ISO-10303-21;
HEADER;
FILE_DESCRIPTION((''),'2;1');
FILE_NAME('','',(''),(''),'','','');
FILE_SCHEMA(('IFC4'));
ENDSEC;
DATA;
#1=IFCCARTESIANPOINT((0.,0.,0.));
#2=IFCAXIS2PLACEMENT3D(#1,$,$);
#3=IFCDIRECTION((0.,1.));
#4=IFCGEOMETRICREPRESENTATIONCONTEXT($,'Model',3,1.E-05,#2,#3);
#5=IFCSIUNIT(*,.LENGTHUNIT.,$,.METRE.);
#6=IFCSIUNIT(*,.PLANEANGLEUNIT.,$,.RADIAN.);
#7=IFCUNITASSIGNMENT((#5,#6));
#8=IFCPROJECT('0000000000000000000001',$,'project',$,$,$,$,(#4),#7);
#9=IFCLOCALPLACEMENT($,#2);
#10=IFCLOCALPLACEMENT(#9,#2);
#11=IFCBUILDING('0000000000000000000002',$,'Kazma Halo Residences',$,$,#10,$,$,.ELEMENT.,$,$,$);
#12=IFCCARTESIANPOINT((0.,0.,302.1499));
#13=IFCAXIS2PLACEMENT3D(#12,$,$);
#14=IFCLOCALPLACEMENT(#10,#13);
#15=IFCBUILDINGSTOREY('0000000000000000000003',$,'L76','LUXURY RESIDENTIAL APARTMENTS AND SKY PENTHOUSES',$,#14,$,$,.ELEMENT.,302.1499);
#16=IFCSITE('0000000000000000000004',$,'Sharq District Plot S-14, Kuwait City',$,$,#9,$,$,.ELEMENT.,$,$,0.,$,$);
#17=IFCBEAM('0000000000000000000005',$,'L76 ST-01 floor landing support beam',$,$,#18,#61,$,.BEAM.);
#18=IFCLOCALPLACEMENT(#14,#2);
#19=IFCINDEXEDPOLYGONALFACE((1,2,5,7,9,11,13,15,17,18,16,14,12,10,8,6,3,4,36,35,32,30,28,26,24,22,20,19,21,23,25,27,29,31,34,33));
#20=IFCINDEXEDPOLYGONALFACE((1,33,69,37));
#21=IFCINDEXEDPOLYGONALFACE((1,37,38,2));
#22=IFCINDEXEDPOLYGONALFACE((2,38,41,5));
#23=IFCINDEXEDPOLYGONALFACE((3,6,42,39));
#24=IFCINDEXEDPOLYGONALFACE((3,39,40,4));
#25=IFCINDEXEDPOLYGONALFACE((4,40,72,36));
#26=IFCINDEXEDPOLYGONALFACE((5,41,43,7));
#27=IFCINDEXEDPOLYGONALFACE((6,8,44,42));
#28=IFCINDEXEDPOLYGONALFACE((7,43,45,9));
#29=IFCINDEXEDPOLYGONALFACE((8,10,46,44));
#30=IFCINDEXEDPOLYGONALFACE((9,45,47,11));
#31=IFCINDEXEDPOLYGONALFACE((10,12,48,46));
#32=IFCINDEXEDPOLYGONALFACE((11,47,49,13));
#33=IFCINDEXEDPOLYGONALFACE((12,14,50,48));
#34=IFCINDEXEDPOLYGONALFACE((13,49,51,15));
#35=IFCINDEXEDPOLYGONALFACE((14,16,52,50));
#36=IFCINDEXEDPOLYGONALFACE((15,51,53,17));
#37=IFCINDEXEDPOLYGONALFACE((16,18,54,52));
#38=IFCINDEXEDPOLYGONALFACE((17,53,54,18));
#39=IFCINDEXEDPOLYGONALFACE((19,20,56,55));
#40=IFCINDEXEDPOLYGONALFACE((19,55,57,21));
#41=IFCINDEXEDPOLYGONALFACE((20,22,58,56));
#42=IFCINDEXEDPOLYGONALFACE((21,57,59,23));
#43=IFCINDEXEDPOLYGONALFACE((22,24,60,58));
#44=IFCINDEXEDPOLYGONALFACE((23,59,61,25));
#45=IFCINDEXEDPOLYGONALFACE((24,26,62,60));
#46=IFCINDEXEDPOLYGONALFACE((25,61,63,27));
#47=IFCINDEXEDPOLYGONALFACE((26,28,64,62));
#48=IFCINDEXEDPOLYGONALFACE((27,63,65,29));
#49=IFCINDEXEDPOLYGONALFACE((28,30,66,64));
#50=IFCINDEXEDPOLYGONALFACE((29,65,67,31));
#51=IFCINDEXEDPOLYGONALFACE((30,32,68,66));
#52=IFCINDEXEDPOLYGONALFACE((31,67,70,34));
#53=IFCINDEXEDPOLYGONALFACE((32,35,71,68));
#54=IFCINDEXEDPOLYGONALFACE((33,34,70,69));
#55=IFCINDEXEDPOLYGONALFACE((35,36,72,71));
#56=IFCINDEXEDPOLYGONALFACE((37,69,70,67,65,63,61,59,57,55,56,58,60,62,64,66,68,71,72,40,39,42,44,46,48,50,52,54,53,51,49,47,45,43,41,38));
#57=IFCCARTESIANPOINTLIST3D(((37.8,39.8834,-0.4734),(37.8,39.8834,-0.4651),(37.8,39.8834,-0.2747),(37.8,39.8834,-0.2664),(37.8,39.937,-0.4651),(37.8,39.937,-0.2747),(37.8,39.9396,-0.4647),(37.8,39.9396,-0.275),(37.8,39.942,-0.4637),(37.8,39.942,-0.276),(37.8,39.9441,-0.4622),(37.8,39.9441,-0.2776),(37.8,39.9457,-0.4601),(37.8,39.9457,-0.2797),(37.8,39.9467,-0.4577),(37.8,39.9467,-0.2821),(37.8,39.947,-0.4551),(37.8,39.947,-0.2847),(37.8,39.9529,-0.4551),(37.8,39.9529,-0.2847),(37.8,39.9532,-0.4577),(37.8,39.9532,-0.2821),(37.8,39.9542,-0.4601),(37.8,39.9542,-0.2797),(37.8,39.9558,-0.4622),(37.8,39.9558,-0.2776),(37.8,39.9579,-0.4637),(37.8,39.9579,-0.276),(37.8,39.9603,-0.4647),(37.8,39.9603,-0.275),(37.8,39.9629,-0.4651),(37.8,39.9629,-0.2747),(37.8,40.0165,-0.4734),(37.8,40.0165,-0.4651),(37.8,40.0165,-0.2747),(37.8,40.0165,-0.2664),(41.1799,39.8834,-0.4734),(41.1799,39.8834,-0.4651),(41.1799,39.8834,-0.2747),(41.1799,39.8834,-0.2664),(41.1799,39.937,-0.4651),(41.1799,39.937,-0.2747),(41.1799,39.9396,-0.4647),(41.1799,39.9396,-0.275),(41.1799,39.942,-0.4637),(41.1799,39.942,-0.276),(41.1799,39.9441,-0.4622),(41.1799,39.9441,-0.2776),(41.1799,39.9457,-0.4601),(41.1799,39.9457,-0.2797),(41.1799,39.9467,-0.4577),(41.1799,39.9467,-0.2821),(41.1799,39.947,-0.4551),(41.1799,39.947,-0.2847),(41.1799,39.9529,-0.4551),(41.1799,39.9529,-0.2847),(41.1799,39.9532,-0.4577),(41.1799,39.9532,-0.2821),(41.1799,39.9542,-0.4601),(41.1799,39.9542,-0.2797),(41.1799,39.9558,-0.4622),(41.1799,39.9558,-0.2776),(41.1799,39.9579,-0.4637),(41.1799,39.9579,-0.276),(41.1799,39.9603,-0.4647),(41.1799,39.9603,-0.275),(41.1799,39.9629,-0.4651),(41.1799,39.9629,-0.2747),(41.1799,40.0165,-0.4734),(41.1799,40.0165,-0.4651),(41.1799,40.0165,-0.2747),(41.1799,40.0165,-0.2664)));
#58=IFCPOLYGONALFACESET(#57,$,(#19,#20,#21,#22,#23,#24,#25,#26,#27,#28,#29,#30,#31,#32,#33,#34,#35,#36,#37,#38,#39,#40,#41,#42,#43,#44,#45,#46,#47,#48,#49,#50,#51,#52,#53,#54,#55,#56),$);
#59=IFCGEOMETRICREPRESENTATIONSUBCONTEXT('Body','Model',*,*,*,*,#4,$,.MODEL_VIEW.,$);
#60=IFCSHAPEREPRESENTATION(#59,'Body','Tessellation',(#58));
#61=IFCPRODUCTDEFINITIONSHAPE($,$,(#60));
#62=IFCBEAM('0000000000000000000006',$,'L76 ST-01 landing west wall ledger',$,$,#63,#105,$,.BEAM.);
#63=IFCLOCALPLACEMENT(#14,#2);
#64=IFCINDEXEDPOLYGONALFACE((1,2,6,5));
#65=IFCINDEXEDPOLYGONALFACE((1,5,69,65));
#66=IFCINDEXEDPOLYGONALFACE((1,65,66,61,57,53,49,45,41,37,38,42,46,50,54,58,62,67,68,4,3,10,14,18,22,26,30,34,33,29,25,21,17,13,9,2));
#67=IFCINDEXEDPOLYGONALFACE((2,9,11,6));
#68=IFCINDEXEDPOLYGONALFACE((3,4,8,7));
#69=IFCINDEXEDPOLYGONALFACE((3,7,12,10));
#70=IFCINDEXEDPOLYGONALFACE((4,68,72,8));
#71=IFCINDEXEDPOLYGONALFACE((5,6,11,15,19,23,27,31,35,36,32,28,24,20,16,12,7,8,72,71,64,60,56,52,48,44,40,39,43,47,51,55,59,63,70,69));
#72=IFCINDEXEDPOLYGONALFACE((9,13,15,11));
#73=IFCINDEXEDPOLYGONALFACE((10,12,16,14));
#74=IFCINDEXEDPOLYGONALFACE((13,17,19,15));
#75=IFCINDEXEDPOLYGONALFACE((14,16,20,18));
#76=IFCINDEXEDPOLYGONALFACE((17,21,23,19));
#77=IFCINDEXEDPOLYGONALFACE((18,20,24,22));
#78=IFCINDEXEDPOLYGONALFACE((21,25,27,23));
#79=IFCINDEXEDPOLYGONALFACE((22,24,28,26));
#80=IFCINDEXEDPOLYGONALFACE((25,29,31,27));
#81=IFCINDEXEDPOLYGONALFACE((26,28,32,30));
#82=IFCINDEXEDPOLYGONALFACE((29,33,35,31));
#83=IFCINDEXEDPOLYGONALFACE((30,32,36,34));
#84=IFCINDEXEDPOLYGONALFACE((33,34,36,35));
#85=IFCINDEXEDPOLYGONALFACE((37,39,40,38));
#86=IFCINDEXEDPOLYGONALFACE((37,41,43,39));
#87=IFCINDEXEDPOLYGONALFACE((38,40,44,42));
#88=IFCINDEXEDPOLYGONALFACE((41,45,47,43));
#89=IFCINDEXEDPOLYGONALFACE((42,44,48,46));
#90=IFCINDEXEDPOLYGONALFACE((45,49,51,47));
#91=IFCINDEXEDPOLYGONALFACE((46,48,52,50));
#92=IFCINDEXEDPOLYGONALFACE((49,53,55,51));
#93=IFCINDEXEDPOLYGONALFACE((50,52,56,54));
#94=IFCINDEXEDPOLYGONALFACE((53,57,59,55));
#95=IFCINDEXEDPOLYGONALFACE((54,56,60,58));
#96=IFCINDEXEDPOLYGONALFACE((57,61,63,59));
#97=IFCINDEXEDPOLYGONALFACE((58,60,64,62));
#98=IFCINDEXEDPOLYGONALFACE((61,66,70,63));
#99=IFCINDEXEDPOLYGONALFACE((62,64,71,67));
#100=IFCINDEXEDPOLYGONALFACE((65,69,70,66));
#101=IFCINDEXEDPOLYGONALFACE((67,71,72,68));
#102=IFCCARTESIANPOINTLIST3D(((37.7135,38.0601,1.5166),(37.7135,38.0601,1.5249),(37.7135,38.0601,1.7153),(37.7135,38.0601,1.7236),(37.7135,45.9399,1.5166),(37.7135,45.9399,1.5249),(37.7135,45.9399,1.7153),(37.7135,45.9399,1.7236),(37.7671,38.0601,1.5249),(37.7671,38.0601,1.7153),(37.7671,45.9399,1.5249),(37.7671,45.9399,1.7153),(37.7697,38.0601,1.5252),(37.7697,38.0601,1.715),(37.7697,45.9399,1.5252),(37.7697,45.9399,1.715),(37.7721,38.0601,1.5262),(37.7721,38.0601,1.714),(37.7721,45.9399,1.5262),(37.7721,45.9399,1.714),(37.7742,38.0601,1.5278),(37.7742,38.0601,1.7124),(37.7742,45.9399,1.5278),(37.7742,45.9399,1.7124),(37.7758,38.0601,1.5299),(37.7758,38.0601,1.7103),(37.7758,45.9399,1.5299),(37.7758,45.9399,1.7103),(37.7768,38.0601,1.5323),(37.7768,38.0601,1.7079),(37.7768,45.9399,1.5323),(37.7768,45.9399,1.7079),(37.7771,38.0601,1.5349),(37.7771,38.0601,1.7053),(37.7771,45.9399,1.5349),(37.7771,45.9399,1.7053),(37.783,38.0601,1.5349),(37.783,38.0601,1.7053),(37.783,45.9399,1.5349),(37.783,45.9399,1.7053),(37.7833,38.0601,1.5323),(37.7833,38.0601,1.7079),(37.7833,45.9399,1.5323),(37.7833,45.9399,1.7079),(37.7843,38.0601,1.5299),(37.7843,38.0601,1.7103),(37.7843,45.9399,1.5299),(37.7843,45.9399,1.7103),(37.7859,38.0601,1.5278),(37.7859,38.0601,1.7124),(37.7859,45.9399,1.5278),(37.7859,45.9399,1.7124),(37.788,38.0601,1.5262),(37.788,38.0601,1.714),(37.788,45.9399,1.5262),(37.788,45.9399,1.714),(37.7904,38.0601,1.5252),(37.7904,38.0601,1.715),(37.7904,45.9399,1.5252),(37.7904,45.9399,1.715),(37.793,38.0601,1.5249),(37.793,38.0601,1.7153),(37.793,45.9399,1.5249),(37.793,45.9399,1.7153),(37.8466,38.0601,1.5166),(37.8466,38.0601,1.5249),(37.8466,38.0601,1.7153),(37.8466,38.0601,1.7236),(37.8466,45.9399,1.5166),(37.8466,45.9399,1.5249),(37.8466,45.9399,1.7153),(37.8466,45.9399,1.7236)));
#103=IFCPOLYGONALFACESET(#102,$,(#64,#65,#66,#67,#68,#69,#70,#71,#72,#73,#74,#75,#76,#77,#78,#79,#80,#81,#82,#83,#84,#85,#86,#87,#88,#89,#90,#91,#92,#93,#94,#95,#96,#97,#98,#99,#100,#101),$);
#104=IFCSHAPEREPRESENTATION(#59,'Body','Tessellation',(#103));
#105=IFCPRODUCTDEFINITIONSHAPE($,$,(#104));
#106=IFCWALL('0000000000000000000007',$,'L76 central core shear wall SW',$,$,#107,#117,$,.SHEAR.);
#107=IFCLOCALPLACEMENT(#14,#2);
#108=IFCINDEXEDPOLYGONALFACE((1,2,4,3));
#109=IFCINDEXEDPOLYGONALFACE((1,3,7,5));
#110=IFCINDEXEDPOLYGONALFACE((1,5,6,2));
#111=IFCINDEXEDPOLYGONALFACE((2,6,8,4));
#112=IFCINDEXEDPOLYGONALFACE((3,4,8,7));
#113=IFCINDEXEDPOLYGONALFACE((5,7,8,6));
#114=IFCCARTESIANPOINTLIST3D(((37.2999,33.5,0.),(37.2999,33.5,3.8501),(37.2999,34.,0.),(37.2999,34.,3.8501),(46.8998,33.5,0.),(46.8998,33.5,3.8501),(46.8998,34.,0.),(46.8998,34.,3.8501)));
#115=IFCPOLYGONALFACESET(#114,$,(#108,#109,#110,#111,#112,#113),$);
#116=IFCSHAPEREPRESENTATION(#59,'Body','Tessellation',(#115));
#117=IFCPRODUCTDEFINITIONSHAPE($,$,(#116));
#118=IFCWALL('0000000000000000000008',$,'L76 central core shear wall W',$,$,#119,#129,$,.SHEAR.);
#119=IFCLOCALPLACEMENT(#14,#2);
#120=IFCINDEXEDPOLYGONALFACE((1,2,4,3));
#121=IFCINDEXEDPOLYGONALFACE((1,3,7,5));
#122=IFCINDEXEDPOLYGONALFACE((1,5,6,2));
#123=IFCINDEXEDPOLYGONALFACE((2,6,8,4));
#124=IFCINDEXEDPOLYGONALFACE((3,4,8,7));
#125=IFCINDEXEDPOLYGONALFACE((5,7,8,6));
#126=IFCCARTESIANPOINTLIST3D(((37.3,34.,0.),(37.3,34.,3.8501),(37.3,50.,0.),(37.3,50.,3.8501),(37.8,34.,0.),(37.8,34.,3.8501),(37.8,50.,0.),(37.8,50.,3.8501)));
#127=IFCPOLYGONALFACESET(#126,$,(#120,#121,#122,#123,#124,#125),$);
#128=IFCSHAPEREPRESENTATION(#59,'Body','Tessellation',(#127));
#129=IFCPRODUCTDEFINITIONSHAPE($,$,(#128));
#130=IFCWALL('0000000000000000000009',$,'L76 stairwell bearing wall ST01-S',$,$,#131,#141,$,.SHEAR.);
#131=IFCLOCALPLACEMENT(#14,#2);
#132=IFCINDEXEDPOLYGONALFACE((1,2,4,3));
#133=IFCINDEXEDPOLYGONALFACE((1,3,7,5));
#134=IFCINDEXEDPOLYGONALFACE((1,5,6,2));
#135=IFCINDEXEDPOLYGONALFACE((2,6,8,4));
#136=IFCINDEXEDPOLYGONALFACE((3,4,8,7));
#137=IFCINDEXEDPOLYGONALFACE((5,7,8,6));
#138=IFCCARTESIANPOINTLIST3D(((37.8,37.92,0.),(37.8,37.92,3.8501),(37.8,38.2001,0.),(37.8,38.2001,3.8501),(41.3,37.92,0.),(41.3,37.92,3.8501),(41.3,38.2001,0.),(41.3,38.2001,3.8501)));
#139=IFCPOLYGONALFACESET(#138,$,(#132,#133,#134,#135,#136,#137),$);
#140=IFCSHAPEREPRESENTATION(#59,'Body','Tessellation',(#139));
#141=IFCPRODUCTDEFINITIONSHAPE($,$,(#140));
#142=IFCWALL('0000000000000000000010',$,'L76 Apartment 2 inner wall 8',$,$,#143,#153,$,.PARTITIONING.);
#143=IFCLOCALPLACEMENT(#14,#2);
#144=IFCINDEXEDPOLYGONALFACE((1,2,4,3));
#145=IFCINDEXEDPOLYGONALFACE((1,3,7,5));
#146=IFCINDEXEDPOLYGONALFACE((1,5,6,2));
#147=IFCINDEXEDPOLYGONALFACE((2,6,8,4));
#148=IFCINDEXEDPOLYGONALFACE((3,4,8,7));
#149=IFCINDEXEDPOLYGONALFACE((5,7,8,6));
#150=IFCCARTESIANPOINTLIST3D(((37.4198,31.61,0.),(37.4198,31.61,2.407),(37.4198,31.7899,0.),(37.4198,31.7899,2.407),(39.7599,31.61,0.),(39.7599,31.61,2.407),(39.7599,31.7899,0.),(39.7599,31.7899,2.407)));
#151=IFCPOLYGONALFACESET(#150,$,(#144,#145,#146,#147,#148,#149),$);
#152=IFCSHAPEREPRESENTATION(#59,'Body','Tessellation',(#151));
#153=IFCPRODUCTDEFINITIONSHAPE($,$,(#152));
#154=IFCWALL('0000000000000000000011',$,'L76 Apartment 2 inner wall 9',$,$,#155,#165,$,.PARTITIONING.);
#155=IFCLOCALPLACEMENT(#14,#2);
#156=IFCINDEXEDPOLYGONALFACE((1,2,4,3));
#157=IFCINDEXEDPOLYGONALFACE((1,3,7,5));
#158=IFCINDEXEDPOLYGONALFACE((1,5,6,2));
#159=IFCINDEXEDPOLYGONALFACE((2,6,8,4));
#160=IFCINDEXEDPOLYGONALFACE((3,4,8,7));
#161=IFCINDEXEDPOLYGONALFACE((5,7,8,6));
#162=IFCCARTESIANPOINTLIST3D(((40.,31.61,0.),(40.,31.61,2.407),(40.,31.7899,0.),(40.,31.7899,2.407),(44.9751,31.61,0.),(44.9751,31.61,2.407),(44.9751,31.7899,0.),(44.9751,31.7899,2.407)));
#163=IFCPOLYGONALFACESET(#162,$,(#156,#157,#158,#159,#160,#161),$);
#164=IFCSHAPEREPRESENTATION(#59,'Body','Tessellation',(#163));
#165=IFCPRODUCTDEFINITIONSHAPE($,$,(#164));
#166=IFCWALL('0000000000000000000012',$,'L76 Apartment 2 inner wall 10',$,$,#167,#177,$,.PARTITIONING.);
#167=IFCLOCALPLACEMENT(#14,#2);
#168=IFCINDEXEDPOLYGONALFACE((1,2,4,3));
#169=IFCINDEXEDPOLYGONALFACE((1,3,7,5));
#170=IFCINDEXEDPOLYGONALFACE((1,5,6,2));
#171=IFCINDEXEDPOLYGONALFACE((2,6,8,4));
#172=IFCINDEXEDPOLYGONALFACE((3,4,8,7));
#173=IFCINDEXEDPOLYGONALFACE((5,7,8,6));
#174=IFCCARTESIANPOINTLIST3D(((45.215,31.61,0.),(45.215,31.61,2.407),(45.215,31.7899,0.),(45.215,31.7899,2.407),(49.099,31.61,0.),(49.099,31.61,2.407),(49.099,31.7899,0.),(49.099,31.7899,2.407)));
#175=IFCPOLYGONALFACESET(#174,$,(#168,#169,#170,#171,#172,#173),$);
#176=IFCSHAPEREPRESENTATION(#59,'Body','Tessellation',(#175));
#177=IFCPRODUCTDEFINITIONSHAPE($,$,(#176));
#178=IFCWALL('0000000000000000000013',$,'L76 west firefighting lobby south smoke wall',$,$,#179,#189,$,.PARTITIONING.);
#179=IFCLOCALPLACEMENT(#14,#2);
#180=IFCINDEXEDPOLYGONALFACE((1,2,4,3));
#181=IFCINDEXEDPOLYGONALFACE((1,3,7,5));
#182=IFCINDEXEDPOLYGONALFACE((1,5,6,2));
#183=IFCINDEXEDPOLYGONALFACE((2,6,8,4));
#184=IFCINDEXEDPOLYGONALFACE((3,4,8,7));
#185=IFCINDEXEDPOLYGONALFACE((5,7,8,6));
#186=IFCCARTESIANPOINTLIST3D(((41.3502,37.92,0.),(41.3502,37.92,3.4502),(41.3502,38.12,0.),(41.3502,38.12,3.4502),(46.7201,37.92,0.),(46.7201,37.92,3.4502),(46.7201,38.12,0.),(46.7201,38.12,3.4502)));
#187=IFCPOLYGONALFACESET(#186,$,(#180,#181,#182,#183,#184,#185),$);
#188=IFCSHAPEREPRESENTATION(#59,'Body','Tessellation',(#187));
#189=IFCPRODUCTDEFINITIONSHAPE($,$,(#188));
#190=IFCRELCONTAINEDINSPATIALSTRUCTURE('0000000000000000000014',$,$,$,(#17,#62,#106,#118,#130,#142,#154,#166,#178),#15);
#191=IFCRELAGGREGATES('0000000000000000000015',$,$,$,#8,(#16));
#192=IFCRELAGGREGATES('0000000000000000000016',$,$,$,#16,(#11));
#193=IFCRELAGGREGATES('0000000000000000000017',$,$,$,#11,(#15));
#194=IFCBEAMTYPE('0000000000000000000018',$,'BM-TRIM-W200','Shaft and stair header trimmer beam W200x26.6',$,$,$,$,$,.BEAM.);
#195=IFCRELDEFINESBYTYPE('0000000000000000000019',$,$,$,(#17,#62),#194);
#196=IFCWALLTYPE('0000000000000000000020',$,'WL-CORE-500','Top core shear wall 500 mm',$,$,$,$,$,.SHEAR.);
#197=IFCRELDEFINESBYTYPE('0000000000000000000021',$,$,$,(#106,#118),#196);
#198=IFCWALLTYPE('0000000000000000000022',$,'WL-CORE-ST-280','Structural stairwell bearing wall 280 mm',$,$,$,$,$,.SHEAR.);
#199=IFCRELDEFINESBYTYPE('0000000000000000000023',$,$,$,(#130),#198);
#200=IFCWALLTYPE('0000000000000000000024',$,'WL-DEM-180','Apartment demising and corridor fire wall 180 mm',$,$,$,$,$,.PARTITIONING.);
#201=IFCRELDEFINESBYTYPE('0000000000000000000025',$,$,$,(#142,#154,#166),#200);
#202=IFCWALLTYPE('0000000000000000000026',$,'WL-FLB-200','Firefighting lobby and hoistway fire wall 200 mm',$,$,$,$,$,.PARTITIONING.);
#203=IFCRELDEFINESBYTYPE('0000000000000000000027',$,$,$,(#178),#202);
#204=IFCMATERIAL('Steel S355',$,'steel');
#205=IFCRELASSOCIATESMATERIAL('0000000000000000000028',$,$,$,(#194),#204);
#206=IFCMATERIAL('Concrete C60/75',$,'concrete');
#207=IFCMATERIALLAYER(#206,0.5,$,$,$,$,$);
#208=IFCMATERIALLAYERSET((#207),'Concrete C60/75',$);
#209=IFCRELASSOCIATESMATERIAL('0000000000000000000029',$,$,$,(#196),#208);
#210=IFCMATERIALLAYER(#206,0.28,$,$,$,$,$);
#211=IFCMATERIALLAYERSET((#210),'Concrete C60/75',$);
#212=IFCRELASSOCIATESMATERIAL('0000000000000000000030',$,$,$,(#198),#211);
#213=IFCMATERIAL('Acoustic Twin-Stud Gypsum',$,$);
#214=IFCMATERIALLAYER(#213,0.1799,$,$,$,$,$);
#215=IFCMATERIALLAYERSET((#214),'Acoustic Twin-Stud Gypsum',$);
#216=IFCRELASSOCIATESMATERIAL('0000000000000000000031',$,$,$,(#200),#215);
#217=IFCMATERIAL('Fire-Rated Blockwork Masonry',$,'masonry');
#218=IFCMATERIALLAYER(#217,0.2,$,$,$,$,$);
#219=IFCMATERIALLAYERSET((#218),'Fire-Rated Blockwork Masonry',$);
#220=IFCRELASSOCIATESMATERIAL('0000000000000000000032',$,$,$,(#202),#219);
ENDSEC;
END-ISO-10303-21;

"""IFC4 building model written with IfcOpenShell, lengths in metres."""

from ifc_helpers import new_model, si_unit, direction, frame, frame_2d, origin, origin_2d, place, context, subcontext, project, spatial, rectangle, i_section, extrude, material, layer, layer_set, material_profile, profile_set, type_object, element, save


model = new_model("IFC4")

# Units and contexts
model_context = context("Model", 3, precision=1e-05, world=origin(), true_north=direction((0.0, 1.0)))
body_context = subcontext(model_context, "Body", "Model", "MODEL_VIEW")
ifc_project = project(units=[si_unit("LENGTHUNIT", "METRE"), si_unit("PLANEANGLEUNIT", "RADIAN")], contexts=[model_context])

# Site, building, storey
site_placement = place(None, origin())
site = spatial("IfcSite", under=ifc_project, at=site_placement, Name="Sharq District Plot S-14, Kuwait City", CompositionType="ELEMENT", RefElevation=0.0)
building_placement = place(site_placement, origin())
building = spatial("IfcBuilding", under=site, at=building_placement, Name="Kazma Halo Residences", CompositionType="ELEMENT")
storey_placement = place(building_placement, frame((0.0, 0.0, 302.1499)))
storey = spatial("IfcBuildingStorey", under=building, at=storey_placement, Name="L76", Description="LUXURY RESIDENTIAL APARTMENTS AND SKY PENTHOUSES", CompositionType="ELEMENT", Elevation=302.1499)

# Beams
ifc_material_1 = material(Name="Steel S355", Category="steel")
ifc_material_profile_1 = material_profile(ifc_material_1, i_section(OverallWidth=0.1331, OverallDepth=0.207, WebThickness=0.0059, FlangeThickness=0.0083, FilletRadius=0.01, at=origin_2d()), Name="W200x26.6")
ifc_profile_set_1 = profile_set([ifc_material_profile_1], Name="Steel S355")
beam_type_1 = type_object("IfcBeamType", Name="BM-TRIM-W200", Description="Shaft and stair header trimmer beam W200x26.6", PredefinedType="BEAM", material=ifc_profile_set_1)
beam_1_placement = place(storey_placement, frame((37.8, 39.95, -0.3699), z_axis=(1.0, 0.0, 0.0), x_axis=(0.0, 1.0, 0.0)))
element("IfcBeam", 1, at=beam_1_placement, inside=storey, type_object=beam_type_1, Name="L76 ST-01 floor landing support beam", PredefinedType="BEAM", context=body_context, shape_type="SweptSolid", body=[
    extrude(i_section(OverallWidth=0.1331, OverallDepth=0.207, WebThickness=0.0059, FlangeThickness=0.0083, FilletRadius=0.01, at=origin_2d()), origin(), (0.0, 0.0, 1.0), 3.3799),
])
beam_2_placement = place(storey_placement, frame((37.78, 38.0601, 1.6201), z_axis=(0.0, 1.0, 0.0), x_axis=(-1.0, 0.0, 0.0)))
element("IfcBeam", 2, at=beam_2_placement, inside=storey, type_object=beam_type_1, Name="L76 ST-01 landing west wall ledger", PredefinedType="BEAM", context=body_context, shape_type="SweptSolid", body=[
    extrude(i_section(OverallWidth=0.1331, OverallDepth=0.207, WebThickness=0.0059, FlangeThickness=0.0083, FilletRadius=0.01, at=origin_2d()), origin(), (0.0, 0.0, 1.0), 7.8799),
])

# Walls
ifc_material_2 = material(Name="Concrete C60/75", Category="concrete")
ifc_layer_1 = layer(ifc_material_2, 0.5)
ifc_layer_set_1 = layer_set([ifc_layer_1], Name="Concrete C60/75")
wall_type_1 = type_object("IfcWallType", Name="WL-CORE-500", Description="Top core shear wall 500 mm", PredefinedType="SHEAR", material=ifc_layer_set_1)
wall_1_placement = place(storey_placement, frame((37.3, 33.75, 0.0), z_axis=(0.0, 0.0, 1.0), x_axis=(1.0, 0.0, 0.0)))
element("IfcWall", 3, at=wall_1_placement, inside=storey, type_object=wall_type_1, Name="L76 central core shear wall SW", PredefinedType="SHEAR", context=body_context, shape_type="SweptSolid", body=[
    extrude(rectangle(XDim=9.5999, YDim=0.5, at=frame_2d((4.7998, 0.0))), origin(), (0.0, 0.0, 1.0), 3.8501),
])
wall_2_placement = place(storey_placement, frame((37.55, 34.0, 0.0), z_axis=(0.0, 0.0, 1.0), x_axis=(0.0, 1.0, 0.0)))
element("IfcWall", 4, at=wall_2_placement, inside=storey, type_object=wall_type_1, Name="L76 central core shear wall W", PredefinedType="SHEAR", context=body_context, shape_type="SweptSolid", body=[
    extrude(rectangle(XDim=16.0, YDim=0.5, at=frame_2d((8.0, 0.0))), origin(), (0.0, 0.0, 1.0), 3.8501),
])
ifc_layer_2 = layer(ifc_material_2, 0.28)
ifc_layer_set_2 = layer_set([ifc_layer_2], Name="Concrete C60/75")
wall_type_2 = type_object("IfcWallType", Name="WL-CORE-ST-280", Description="Structural stairwell bearing wall 280 mm", PredefinedType="SHEAR", material=ifc_layer_set_2)
wall_3_placement = place(storey_placement, frame((37.8, 38.0601, 0.0), z_axis=(0.0, 0.0, 1.0), x_axis=(1.0, 0.0, 0.0)))
element("IfcWall", 5, at=wall_3_placement, inside=storey, type_object=wall_type_2, Name="L76 stairwell bearing wall ST01-S", PredefinedType="SHEAR", context=body_context, shape_type="SweptSolid", body=[
    extrude(rectangle(XDim=3.5, YDim=0.28, at=frame_2d((1.75, 0.0))), origin(), (0.0, 0.0, 1.0), 3.8501),
])
ifc_material_3 = material(Name="Acoustic Twin-Stud Gypsum")
ifc_layer_3 = layer(ifc_material_3, 0.1799)
ifc_layer_set_3 = layer_set([ifc_layer_3], Name="Acoustic Twin-Stud Gypsum")
wall_type_3 = type_object("IfcWallType", Name="WL-DEM-180", Description="Apartment demising and corridor fire wall 180 mm", PredefinedType="PARTITIONING", material=ifc_layer_set_3)
wall_4_placement = place(storey_placement, frame((37.4199, 31.7, 0.0), z_axis=(0.0, 0.0, 1.0), x_axis=(1.0, 0.0, 0.0)))
element("IfcWall", 6, at=wall_4_placement, inside=storey, type_object=wall_type_3, Name="L76 Apartment 2 inner wall 8", PredefinedType="PARTITIONING", context=body_context, shape_type="SweptSolid", body=[
    extrude(rectangle(XDim=2.3401, YDim=0.1799, at=frame_2d((1.1699, 0.0))), origin(), (0.0, 0.0, 1.0), 2.407),
])
wall_5_placement = place(storey_placement, frame((40.0, 31.7, 0.0), z_axis=(0.0, 0.0, 1.0), x_axis=(1.0, 0.0, 0.0)))
element("IfcWall", 7, at=wall_5_placement, inside=storey, type_object=wall_type_3, Name="L76 Apartment 2 inner wall 9", PredefinedType="PARTITIONING", context=body_context, shape_type="SweptSolid", body=[
    extrude(rectangle(XDim=4.9751, YDim=0.1799, at=frame_2d((2.4875, 0.0))), origin(), (0.0, 0.0, 1.0), 2.407),
])
wall_6_placement = place(storey_placement, frame((45.2151, 31.7, 0.0), z_axis=(0.0, 0.0, 1.0), x_axis=(1.0, 0.0, 0.0)))
element("IfcWall", 8, at=wall_6_placement, inside=storey, type_object=wall_type_3, Name="L76 Apartment 2 inner wall 10", PredefinedType="PARTITIONING", context=body_context, shape_type="SweptSolid", body=[
    extrude(rectangle(XDim=3.884, YDim=0.1799, at=frame_2d((1.9419, 0.0))), origin(), (0.0, 0.0, 1.0), 2.407),
])
ifc_material_4 = material(Name="Fire-Rated Blockwork Masonry", Category="masonry")
ifc_layer_4 = layer(ifc_material_4, 0.2)
ifc_layer_set_4 = layer_set([ifc_layer_4], Name="Fire-Rated Blockwork Masonry")
wall_type_4 = type_object("IfcWallType", Name="WL-FLB-200", Description="Firefighting lobby and hoistway fire wall 200 mm", PredefinedType="PARTITIONING", material=ifc_layer_set_4)
wall_7_placement = place(storey_placement, frame((41.3501, 38.02, 0.0), z_axis=(0.0, 0.0, 1.0), x_axis=(1.0, 0.0, 0.0)))
element("IfcWall", 9, at=wall_7_placement, inside=storey, type_object=wall_type_4, Name="L76 west firefighting lobby south smoke wall", PredefinedType="PARTITIONING", context=body_context, shape_type="SweptSolid", body=[
    extrude(rectangle(XDim=5.3699, YDim=0.2, at=frame_2d((2.6851, 0.0))), origin(), (0.0, 0.0, 1.0), 3.4502),
])

save(model, "model.ifc")
